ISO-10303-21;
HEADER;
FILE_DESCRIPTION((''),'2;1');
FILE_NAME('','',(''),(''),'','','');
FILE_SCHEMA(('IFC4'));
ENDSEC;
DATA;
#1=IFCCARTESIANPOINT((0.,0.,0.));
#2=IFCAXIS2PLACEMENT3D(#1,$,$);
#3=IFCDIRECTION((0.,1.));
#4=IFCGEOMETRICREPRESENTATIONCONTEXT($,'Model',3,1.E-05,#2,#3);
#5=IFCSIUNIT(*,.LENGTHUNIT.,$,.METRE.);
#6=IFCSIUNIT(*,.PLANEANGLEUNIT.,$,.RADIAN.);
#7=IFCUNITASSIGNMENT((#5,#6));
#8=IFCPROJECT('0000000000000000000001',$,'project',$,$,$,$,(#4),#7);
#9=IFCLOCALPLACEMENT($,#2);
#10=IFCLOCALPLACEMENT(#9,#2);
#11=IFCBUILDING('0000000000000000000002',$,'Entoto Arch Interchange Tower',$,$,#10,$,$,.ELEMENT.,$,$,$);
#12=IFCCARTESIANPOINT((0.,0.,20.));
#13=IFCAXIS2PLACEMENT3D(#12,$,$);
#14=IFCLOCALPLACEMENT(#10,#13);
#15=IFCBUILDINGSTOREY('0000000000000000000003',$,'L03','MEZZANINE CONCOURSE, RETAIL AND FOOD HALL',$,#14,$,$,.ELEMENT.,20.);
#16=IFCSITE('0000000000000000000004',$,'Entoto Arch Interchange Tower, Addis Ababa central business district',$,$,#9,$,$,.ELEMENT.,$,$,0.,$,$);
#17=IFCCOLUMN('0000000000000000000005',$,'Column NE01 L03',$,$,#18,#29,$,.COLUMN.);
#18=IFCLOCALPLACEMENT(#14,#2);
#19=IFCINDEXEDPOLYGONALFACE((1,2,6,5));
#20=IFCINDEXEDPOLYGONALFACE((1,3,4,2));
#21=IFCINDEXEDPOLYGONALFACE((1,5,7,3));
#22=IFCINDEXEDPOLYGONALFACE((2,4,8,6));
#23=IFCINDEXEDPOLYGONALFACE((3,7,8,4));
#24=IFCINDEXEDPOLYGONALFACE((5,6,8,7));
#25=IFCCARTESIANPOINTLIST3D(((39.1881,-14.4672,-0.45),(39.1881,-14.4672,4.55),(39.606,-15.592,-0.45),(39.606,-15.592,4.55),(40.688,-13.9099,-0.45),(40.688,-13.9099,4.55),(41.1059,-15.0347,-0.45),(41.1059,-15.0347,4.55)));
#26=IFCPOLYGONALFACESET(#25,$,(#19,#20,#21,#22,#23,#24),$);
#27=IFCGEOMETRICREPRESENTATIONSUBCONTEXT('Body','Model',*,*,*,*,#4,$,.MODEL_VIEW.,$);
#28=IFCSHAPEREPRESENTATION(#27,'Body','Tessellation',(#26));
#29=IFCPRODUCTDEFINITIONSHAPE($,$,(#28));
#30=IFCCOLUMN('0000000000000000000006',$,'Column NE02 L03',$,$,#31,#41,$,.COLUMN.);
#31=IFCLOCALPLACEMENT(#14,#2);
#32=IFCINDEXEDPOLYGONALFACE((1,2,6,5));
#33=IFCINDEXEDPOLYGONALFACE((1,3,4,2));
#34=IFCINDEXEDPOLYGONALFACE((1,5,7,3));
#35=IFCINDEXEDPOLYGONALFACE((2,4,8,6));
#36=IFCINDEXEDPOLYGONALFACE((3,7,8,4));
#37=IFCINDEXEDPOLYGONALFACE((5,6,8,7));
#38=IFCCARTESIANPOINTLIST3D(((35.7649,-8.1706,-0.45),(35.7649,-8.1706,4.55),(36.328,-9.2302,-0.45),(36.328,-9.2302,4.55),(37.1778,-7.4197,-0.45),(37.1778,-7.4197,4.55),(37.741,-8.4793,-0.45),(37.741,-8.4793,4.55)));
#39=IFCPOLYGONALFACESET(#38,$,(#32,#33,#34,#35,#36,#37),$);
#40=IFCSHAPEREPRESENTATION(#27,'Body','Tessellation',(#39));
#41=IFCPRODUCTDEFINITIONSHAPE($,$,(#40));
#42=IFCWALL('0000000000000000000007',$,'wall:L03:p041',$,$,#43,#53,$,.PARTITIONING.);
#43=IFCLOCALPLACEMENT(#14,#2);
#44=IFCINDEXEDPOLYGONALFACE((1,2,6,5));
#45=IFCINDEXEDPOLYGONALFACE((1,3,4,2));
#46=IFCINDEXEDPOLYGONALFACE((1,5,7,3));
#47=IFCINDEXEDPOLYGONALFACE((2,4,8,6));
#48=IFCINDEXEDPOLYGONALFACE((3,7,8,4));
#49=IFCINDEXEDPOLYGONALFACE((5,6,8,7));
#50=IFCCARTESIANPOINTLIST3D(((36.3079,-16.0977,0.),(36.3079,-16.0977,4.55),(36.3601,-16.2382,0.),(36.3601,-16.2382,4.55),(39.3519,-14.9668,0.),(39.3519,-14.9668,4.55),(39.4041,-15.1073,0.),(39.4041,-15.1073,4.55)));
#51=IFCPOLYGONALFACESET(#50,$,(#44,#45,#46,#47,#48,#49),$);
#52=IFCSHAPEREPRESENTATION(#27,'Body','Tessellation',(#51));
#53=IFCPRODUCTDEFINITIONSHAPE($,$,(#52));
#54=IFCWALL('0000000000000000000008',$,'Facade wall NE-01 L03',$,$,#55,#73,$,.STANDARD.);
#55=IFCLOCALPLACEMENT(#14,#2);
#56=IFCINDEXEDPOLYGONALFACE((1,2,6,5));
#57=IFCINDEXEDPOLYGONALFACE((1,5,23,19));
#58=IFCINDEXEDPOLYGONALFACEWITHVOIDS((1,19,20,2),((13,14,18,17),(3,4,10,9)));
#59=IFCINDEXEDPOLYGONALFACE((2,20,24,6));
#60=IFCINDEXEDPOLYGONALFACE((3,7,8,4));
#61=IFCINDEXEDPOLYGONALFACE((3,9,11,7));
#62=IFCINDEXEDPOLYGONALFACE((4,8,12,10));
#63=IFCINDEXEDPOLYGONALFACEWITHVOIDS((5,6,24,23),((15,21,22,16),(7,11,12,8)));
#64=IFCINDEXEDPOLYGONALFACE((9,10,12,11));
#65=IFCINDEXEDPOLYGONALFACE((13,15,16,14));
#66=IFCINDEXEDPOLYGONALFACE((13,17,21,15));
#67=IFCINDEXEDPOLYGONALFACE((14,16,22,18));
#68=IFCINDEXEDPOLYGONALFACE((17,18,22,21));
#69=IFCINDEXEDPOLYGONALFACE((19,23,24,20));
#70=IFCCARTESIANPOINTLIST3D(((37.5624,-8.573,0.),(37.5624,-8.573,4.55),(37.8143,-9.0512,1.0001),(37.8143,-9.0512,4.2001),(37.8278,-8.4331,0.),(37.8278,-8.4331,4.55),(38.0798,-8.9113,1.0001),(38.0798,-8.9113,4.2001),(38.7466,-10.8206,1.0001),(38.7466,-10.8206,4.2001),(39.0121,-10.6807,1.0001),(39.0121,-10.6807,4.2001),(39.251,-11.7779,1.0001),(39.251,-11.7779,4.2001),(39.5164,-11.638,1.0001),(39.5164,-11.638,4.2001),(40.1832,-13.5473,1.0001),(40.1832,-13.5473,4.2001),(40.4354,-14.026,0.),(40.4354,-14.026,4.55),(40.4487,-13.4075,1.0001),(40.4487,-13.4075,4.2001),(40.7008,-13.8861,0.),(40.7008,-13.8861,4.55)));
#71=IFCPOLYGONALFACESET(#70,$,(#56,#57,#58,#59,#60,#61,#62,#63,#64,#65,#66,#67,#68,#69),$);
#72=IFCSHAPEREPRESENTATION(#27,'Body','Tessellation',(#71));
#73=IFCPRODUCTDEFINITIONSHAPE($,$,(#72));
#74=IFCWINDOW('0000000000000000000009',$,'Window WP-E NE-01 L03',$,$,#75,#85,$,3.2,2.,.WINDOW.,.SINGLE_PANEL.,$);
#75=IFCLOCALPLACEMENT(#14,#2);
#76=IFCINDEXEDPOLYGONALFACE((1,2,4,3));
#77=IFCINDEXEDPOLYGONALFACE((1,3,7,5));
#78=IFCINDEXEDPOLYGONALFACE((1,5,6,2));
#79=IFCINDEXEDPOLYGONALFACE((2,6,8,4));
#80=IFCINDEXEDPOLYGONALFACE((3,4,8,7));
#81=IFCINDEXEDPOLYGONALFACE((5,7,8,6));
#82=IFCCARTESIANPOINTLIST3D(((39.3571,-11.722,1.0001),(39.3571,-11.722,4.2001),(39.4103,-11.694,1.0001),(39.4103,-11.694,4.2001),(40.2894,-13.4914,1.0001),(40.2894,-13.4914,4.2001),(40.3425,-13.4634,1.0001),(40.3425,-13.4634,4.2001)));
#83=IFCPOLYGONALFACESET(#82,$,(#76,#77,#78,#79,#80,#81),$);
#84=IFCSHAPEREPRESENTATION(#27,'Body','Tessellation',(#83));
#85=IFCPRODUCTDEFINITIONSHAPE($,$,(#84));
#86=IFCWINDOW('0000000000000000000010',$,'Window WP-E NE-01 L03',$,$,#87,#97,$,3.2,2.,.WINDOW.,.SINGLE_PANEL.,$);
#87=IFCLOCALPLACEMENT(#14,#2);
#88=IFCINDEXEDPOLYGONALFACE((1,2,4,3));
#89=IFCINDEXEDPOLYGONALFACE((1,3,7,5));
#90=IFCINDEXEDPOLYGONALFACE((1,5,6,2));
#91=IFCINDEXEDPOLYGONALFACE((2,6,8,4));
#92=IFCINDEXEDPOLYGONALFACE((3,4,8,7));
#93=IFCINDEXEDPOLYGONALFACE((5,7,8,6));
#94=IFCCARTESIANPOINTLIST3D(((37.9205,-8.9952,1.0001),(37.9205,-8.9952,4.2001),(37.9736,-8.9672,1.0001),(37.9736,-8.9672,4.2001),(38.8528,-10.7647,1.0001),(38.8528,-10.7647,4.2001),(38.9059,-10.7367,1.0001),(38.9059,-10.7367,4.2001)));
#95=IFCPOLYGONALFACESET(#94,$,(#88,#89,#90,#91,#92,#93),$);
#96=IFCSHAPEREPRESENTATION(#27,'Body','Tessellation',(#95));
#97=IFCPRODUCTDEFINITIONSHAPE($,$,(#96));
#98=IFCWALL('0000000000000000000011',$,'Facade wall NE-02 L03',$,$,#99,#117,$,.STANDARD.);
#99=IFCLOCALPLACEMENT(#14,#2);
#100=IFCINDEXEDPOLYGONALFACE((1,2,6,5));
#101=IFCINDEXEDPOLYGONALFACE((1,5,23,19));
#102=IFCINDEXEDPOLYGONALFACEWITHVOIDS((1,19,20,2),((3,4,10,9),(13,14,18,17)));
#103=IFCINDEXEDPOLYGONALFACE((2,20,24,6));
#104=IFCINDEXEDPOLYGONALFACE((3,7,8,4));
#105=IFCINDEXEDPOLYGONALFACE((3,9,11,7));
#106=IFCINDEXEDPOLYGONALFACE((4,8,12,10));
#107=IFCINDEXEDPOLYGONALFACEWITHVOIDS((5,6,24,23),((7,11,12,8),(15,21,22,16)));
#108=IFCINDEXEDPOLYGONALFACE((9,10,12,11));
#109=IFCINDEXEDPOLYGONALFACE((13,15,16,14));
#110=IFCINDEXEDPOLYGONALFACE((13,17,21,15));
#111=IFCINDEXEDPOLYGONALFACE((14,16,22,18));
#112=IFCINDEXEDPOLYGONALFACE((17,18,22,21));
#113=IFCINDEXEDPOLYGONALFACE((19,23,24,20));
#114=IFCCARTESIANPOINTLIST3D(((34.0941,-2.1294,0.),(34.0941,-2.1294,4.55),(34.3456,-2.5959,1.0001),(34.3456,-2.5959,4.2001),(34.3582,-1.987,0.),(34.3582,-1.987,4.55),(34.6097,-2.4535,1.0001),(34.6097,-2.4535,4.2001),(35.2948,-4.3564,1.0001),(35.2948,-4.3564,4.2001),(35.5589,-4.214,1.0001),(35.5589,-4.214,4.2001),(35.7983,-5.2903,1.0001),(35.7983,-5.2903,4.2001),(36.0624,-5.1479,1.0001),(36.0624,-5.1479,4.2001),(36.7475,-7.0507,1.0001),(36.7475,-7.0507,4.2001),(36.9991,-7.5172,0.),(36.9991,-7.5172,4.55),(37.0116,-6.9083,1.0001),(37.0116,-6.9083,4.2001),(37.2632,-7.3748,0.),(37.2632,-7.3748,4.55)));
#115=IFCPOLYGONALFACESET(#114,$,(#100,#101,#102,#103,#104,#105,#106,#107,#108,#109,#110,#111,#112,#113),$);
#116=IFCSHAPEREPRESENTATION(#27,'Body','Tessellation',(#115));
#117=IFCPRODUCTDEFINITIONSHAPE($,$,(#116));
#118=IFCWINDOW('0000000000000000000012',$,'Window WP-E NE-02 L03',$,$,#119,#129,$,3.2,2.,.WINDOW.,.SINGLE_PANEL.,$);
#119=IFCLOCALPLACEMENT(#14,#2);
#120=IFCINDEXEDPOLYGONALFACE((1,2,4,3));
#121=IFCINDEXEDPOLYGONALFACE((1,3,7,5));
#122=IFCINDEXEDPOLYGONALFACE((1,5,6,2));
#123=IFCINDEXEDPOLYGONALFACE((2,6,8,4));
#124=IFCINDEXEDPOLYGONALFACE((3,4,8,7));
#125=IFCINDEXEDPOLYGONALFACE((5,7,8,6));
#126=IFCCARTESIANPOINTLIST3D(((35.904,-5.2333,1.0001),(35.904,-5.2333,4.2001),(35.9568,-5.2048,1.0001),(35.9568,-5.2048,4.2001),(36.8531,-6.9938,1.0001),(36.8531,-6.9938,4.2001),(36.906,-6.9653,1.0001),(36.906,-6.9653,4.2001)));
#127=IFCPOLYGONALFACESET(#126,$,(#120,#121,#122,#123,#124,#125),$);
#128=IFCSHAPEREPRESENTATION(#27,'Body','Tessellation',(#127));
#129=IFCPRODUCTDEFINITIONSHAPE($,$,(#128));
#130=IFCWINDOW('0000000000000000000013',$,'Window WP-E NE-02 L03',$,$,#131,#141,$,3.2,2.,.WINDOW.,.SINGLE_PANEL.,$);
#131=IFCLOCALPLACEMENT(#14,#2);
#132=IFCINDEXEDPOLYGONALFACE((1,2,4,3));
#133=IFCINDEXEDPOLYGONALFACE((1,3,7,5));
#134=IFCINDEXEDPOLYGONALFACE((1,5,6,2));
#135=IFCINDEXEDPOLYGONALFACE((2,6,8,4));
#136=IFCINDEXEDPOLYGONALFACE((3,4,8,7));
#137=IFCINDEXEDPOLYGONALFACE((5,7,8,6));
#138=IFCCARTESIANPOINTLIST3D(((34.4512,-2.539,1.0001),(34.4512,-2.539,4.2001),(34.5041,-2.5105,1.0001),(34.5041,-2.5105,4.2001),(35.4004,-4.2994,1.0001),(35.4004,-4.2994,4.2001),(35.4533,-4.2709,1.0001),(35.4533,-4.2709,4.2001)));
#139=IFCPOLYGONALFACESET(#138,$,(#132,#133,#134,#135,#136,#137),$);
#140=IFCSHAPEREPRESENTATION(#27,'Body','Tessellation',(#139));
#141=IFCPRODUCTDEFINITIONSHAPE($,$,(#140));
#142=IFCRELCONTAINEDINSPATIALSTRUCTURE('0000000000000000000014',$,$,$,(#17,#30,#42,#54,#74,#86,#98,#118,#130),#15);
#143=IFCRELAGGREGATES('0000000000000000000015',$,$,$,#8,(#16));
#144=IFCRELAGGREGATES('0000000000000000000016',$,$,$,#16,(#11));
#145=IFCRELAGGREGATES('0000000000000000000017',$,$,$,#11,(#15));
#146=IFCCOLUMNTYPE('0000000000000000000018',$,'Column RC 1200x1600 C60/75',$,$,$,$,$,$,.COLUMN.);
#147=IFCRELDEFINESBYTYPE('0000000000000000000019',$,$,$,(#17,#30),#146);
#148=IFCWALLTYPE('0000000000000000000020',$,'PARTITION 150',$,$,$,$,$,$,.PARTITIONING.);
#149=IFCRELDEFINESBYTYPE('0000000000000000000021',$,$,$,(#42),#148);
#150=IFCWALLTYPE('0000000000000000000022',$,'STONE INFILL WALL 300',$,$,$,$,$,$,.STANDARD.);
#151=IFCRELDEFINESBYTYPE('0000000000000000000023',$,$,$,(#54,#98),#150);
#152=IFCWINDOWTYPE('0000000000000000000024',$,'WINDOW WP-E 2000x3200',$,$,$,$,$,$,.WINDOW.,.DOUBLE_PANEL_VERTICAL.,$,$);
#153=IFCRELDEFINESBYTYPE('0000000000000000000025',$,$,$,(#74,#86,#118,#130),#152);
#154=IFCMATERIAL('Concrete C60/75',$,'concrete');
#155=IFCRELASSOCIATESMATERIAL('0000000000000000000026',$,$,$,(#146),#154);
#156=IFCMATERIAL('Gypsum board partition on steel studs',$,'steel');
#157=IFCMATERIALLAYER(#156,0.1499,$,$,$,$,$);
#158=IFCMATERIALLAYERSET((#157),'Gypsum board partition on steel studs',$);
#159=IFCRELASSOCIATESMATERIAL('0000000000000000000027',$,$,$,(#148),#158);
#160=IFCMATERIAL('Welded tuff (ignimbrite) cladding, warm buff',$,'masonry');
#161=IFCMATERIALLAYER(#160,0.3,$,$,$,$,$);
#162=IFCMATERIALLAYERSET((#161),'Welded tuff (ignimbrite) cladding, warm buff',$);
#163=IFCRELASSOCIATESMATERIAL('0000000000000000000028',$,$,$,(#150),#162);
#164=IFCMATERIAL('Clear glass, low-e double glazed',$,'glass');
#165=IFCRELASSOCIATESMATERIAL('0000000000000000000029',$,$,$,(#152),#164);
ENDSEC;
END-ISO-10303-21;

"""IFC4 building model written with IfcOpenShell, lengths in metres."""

from ifc_helpers import new_model, si_unit, direction, frame, frame_2d, origin, origin_2d, place, context, subcontext, project, spatial, rectangle, extrude, material, layer, layer_set, material_profile, profile_set, type_object, element, fill, save


model = new_model("IFC4")

# Units and contexts
model_context = context("Model", 3, precision=1e-05, world=origin(), true_north=direction((0.0, 1.0)))
body_context = subcontext(model_context, "Body", "Model", "MODEL_VIEW")
ifc_project = project(units=[si_unit("LENGTHUNIT", "METRE"), si_unit("PLANEANGLEUNIT", "RADIAN")], contexts=[model_context])

# Site, building, storey
site_placement = place(None, origin())
site = spatial("IfcSite", under=ifc_project, at=site_placement, Name="Entoto Arch Interchange Tower, Addis Ababa central business district", CompositionType="ELEMENT", RefElevation=0.0)
building_placement = place(site_placement, origin())
building = spatial("IfcBuilding", under=site, at=building_placement, Name="Entoto Arch Interchange Tower", CompositionType="ELEMENT")
storey_placement = place(building_placement, frame((0.0, 0.0, 20.0)))
storey = spatial("IfcBuildingStorey", under=building, at=storey_placement, Name="L03", Description="MEZZANINE CONCOURSE, RETAIL AND FOOD HALL", CompositionType="ELEMENT", Elevation=20.0)

# Columns
ifc_material_1 = material(Name="Concrete C60/75", Category="concrete")
ifc_material_profile = material_profile(ifc_material_1, rectangle(XDim=1.2, YDim=1.6001, at=origin_2d()))
ifc_profile_set = profile_set([ifc_material_profile], Name="Concrete C60/75")
column_type = type_object("IfcColumnType", Name="Column RC 1200x1600 C60/75", PredefinedType="COLUMN", material=ifc_profile_set)
for number, where, z_axis, x_axis, name in (
    (1, (40.147, -14.751, -0.45), (0.0, 0.0, 1.0), (-0.348278, 0.937391, 0.0), "Column NE01 L03"),
    (2, (36.7529, -8.325, -0.45), (0.0, 0.0, 1.0), (-0.469317, 0.88303, 0.0), "Column NE02 L03"),
):
    element("IfcColumn", number, at=place(storey_placement, frame(where, z_axis=z_axis, x_axis=x_axis)), inside=storey, type_object=column_type, Name=name, PredefinedType="COLUMN", context=body_context, shape_type="SweptSolid", body=[
        extrude(rectangle(XDim=1.2, YDim=1.6001, at=origin_2d()), origin(), (0.0, 0.0, 1.0), 5.0),
    ])

# Wall
ifc_material_2 = material(Name="Gypsum board partition on steel studs", Category="steel")
ifc_layer_1 = layer(ifc_material_2, 0.1499)
ifc_layer_set_1 = layer_set([ifc_layer_1], Name="Gypsum board partition on steel studs")
wall_type_1 = type_object("IfcWallType", Name="PARTITION 150", PredefinedType="PARTITIONING", material=ifc_layer_set_1)
wall_1_placement = place(storey_placement, frame((39.3779, -15.0371, 0.0), z_axis=(0.0, 0.0, 1.0), x_axis=(-0.9374, -0.348254, 0.0)))
element("IfcWall", 3, at=wall_1_placement, inside=storey, type_object=wall_type_1, Name="wall:L03:p041", PredefinedType="PARTITIONING", context=body_context, shape_type="SweptSolid", body=[
    extrude(rectangle(XDim=3.2473, YDim=0.1499, at=frame_2d((1.6235, 0.0))), origin(), (0.0, 0.0, 1.0), 4.55),
])

# Walls, openings, windows
ifc_material_3 = material(Name="Welded tuff (ignimbrite) cladding, warm buff", Category="masonry")
ifc_layer_2 = layer(ifc_material_3, 0.3)
ifc_layer_set_2 = layer_set([ifc_layer_2], Name="Welded tuff (ignimbrite) cladding, warm buff")
wall_type_2 = type_object("IfcWallType", Name="STONE INFILL WALL 300", PredefinedType="STANDARD", material=ifc_layer_set_2)
wall_2_placement = place(storey_placement, frame((40.5681, -13.9561, 0.0), z_axis=(0.0, 0.0, 1.0), x_axis=(-0.466125, 0.884719, 0.0)))
wall_2 = element("IfcWall", 4, at=wall_2_placement, inside=storey, type_object=wall_type_2, Name="Facade wall NE-01 L03", PredefinedType="STANDARD", context=body_context, shape_type="SweptSolid", body=[
    extrude(rectangle(XDim=6.1636, YDim=0.3, at=frame_2d((3.0818, 0.0))), origin(), (0.0, 0.0, 1.0), 4.55),
])
opening_1_placement = place(wall_2_placement, frame((0.541, 0.0, 1.0)))
opening_1 = element("IfcOpeningElement", 5, at=opening_1_placement, cuts=wall_2, PredefinedType="OPENING", context=body_context, shape_type="SweptSolid", body=[
    extrude(rectangle(XDim=2.0, YDim=3.2, at=frame_2d((1.0, 1.6001))), frame((0.0, 0.1602, 0.0), z_axis=(0.0, -1.0, 0.0), x_axis=(1.0, 0.0, 0.0)), (0.0, 0.0, 1.0), 0.3201),
])
opening_2_placement = place(wall_2_placement, frame((3.623, 0.0, 1.0)))
opening_2 = element("IfcOpeningElement", 6, at=opening_2_placement, cuts=wall_2, PredefinedType="OPENING", context=body_context, shape_type="SweptSolid", body=[
    extrude(rectangle(XDim=2.0, YDim=3.2, at=frame_2d((1.0, 1.6001))), frame((0.0, 0.1602, 0.0), z_axis=(0.0, -1.0, 0.0), x_axis=(1.0, 0.0, 0.0)), (0.0, 0.0, 1.0), 0.3201),
])
ifc_material_4 = material(Name="Clear glass, low-e double glazed", Category="glass")
window_type = type_object("IfcWindowType", Name="WINDOW WP-E 2000x3200", PartitioningType="DOUBLE_PANEL_VERTICAL", PredefinedType="WINDOW", material=ifc_material_4)
window_1_placement = place(opening_1_placement, origin())
window_1 = element("IfcWindow", 7, at=window_1_placement, inside=storey, type_object=window_type, Name="Window WP-E NE-01 L03", OverallHeight=3.2, OverallWidth=2.0, PartitioningType="SINGLE_PANEL", PredefinedType="WINDOW", context=body_context, shape_type="SweptSolid", body=[
    extrude(rectangle(XDim=2.0, YDim=3.2, at=frame_2d((1.0, 1.6001))), frame((0.0, 0.03, 0.0), z_axis=(0.0, -1.0, 0.0), x_axis=(1.0, 0.0, 0.0)), (0.0, 0.0, 1.0), 0.0601),
])
fill(opening_1, window_1)
window_2_placement = place(opening_2_placement, origin())
window_2 = element("IfcWindow", 8, at=window_2_placement, inside=storey, type_object=window_type, Name="Window WP-E NE-01 L03", OverallHeight=3.2, OverallWidth=2.0, PartitioningType="SINGLE_PANEL", PredefinedType="WINDOW", context=body_context, shape_type="SweptSolid", body=[
    extrude(rectangle(XDim=2.0, YDim=3.2, at=frame_2d((1.0, 1.6001))), frame((0.0, 0.03, 0.0), z_axis=(0.0, -1.0, 0.0), x_axis=(1.0, 0.0, 0.0)), (0.0, 0.0, 1.0), 0.0601),
])
fill(opening_2, window_2)
wall_3_placement = place(storey_placement, frame((37.1311, -7.446, 0.0), z_axis=(0.0, 0.0, 1.0), x_axis=(-0.474585, 0.88021, 0.0)))
wall_3 = element("IfcWall", 9, at=wall_3_placement, inside=storey, type_object=wall_type_2, Name="Facade wall NE-02 L03", PredefinedType="STANDARD", context=body_context, shape_type="SweptSolid", body=[
    extrude(rectangle(XDim=6.1211, YDim=0.3, at=frame_2d((3.0605, 0.0))), origin(), (0.0, 0.0, 1.0), 4.55),
])
opening_3_placement = place(wall_3_placement, frame((0.53, 0.0, 1.0)))
opening_3 = element("IfcOpeningElement", 10, at=opening_3_placement, cuts=wall_3, PredefinedType="OPENING", context=body_context, shape_type="SweptSolid", body=[
    extrude(rectangle(XDim=2.0, YDim=3.2, at=frame_2d((1.0, 1.6001))), frame((0.0, 0.1602, 0.0), z_axis=(0.0, -1.0, 0.0), x_axis=(1.0, 0.0, 0.0)), (0.0, 0.0, 1.0), 0.3201),
])
opening_4_placement = place(wall_3_placement, frame((3.5911, 0.0, 1.0)))
opening_4 = element("IfcOpeningElement", 11, at=opening_4_placement, cuts=wall_3, PredefinedType="OPENING", context=body_context, shape_type="SweptSolid", body=[
    extrude(rectangle(XDim=2.0, YDim=3.2, at=frame_2d((1.0, 1.6001))), frame((0.0, 0.1602, 0.0), z_axis=(0.0, -1.0, 0.0), x_axis=(1.0, 0.0, 0.0)), (0.0, 0.0, 1.0), 0.3201),
])
window_3_placement = place(opening_3_placement, origin())
window_3 = element("IfcWindow", 12, at=window_3_placement, inside=storey, type_object=window_type, Name="Window WP-E NE-02 L03", OverallHeight=3.2, OverallWidth=2.0, PartitioningType="SINGLE_PANEL", PredefinedType="WINDOW", context=body_context, shape_type="SweptSolid", body=[
    extrude(rectangle(XDim=2.0, YDim=3.2, at=frame_2d((1.0, 1.6001))), frame((0.0, 0.03, 0.0), z_axis=(0.0, -1.0, 0.0), x_axis=(1.0, 0.0, 0.0)), (0.0, 0.0, 1.0), 0.0601),
])
fill(opening_3, window_3)
window_4_placement = place(opening_4_placement, origin())
window_4 = element("IfcWindow", 13, at=window_4_placement, inside=storey, type_object=window_type, Name="Window WP-E NE-02 L03", OverallHeight=3.2, OverallWidth=2.0, PartitioningType="SINGLE_PANEL", PredefinedType="WINDOW", context=body_context, shape_type="SweptSolid", body=[
    extrude(rectangle(XDim=2.0, YDim=3.2, at=frame_2d((1.0, 1.6001))), frame((0.0, 0.03, 0.0), z_axis=(0.0, -1.0, 0.0), x_axis=(1.0, 0.0, 0.0)), (0.0, 0.0, 1.0), 0.0601),
])
fill(opening_4, window_4)

save(model, "model.ifc")
